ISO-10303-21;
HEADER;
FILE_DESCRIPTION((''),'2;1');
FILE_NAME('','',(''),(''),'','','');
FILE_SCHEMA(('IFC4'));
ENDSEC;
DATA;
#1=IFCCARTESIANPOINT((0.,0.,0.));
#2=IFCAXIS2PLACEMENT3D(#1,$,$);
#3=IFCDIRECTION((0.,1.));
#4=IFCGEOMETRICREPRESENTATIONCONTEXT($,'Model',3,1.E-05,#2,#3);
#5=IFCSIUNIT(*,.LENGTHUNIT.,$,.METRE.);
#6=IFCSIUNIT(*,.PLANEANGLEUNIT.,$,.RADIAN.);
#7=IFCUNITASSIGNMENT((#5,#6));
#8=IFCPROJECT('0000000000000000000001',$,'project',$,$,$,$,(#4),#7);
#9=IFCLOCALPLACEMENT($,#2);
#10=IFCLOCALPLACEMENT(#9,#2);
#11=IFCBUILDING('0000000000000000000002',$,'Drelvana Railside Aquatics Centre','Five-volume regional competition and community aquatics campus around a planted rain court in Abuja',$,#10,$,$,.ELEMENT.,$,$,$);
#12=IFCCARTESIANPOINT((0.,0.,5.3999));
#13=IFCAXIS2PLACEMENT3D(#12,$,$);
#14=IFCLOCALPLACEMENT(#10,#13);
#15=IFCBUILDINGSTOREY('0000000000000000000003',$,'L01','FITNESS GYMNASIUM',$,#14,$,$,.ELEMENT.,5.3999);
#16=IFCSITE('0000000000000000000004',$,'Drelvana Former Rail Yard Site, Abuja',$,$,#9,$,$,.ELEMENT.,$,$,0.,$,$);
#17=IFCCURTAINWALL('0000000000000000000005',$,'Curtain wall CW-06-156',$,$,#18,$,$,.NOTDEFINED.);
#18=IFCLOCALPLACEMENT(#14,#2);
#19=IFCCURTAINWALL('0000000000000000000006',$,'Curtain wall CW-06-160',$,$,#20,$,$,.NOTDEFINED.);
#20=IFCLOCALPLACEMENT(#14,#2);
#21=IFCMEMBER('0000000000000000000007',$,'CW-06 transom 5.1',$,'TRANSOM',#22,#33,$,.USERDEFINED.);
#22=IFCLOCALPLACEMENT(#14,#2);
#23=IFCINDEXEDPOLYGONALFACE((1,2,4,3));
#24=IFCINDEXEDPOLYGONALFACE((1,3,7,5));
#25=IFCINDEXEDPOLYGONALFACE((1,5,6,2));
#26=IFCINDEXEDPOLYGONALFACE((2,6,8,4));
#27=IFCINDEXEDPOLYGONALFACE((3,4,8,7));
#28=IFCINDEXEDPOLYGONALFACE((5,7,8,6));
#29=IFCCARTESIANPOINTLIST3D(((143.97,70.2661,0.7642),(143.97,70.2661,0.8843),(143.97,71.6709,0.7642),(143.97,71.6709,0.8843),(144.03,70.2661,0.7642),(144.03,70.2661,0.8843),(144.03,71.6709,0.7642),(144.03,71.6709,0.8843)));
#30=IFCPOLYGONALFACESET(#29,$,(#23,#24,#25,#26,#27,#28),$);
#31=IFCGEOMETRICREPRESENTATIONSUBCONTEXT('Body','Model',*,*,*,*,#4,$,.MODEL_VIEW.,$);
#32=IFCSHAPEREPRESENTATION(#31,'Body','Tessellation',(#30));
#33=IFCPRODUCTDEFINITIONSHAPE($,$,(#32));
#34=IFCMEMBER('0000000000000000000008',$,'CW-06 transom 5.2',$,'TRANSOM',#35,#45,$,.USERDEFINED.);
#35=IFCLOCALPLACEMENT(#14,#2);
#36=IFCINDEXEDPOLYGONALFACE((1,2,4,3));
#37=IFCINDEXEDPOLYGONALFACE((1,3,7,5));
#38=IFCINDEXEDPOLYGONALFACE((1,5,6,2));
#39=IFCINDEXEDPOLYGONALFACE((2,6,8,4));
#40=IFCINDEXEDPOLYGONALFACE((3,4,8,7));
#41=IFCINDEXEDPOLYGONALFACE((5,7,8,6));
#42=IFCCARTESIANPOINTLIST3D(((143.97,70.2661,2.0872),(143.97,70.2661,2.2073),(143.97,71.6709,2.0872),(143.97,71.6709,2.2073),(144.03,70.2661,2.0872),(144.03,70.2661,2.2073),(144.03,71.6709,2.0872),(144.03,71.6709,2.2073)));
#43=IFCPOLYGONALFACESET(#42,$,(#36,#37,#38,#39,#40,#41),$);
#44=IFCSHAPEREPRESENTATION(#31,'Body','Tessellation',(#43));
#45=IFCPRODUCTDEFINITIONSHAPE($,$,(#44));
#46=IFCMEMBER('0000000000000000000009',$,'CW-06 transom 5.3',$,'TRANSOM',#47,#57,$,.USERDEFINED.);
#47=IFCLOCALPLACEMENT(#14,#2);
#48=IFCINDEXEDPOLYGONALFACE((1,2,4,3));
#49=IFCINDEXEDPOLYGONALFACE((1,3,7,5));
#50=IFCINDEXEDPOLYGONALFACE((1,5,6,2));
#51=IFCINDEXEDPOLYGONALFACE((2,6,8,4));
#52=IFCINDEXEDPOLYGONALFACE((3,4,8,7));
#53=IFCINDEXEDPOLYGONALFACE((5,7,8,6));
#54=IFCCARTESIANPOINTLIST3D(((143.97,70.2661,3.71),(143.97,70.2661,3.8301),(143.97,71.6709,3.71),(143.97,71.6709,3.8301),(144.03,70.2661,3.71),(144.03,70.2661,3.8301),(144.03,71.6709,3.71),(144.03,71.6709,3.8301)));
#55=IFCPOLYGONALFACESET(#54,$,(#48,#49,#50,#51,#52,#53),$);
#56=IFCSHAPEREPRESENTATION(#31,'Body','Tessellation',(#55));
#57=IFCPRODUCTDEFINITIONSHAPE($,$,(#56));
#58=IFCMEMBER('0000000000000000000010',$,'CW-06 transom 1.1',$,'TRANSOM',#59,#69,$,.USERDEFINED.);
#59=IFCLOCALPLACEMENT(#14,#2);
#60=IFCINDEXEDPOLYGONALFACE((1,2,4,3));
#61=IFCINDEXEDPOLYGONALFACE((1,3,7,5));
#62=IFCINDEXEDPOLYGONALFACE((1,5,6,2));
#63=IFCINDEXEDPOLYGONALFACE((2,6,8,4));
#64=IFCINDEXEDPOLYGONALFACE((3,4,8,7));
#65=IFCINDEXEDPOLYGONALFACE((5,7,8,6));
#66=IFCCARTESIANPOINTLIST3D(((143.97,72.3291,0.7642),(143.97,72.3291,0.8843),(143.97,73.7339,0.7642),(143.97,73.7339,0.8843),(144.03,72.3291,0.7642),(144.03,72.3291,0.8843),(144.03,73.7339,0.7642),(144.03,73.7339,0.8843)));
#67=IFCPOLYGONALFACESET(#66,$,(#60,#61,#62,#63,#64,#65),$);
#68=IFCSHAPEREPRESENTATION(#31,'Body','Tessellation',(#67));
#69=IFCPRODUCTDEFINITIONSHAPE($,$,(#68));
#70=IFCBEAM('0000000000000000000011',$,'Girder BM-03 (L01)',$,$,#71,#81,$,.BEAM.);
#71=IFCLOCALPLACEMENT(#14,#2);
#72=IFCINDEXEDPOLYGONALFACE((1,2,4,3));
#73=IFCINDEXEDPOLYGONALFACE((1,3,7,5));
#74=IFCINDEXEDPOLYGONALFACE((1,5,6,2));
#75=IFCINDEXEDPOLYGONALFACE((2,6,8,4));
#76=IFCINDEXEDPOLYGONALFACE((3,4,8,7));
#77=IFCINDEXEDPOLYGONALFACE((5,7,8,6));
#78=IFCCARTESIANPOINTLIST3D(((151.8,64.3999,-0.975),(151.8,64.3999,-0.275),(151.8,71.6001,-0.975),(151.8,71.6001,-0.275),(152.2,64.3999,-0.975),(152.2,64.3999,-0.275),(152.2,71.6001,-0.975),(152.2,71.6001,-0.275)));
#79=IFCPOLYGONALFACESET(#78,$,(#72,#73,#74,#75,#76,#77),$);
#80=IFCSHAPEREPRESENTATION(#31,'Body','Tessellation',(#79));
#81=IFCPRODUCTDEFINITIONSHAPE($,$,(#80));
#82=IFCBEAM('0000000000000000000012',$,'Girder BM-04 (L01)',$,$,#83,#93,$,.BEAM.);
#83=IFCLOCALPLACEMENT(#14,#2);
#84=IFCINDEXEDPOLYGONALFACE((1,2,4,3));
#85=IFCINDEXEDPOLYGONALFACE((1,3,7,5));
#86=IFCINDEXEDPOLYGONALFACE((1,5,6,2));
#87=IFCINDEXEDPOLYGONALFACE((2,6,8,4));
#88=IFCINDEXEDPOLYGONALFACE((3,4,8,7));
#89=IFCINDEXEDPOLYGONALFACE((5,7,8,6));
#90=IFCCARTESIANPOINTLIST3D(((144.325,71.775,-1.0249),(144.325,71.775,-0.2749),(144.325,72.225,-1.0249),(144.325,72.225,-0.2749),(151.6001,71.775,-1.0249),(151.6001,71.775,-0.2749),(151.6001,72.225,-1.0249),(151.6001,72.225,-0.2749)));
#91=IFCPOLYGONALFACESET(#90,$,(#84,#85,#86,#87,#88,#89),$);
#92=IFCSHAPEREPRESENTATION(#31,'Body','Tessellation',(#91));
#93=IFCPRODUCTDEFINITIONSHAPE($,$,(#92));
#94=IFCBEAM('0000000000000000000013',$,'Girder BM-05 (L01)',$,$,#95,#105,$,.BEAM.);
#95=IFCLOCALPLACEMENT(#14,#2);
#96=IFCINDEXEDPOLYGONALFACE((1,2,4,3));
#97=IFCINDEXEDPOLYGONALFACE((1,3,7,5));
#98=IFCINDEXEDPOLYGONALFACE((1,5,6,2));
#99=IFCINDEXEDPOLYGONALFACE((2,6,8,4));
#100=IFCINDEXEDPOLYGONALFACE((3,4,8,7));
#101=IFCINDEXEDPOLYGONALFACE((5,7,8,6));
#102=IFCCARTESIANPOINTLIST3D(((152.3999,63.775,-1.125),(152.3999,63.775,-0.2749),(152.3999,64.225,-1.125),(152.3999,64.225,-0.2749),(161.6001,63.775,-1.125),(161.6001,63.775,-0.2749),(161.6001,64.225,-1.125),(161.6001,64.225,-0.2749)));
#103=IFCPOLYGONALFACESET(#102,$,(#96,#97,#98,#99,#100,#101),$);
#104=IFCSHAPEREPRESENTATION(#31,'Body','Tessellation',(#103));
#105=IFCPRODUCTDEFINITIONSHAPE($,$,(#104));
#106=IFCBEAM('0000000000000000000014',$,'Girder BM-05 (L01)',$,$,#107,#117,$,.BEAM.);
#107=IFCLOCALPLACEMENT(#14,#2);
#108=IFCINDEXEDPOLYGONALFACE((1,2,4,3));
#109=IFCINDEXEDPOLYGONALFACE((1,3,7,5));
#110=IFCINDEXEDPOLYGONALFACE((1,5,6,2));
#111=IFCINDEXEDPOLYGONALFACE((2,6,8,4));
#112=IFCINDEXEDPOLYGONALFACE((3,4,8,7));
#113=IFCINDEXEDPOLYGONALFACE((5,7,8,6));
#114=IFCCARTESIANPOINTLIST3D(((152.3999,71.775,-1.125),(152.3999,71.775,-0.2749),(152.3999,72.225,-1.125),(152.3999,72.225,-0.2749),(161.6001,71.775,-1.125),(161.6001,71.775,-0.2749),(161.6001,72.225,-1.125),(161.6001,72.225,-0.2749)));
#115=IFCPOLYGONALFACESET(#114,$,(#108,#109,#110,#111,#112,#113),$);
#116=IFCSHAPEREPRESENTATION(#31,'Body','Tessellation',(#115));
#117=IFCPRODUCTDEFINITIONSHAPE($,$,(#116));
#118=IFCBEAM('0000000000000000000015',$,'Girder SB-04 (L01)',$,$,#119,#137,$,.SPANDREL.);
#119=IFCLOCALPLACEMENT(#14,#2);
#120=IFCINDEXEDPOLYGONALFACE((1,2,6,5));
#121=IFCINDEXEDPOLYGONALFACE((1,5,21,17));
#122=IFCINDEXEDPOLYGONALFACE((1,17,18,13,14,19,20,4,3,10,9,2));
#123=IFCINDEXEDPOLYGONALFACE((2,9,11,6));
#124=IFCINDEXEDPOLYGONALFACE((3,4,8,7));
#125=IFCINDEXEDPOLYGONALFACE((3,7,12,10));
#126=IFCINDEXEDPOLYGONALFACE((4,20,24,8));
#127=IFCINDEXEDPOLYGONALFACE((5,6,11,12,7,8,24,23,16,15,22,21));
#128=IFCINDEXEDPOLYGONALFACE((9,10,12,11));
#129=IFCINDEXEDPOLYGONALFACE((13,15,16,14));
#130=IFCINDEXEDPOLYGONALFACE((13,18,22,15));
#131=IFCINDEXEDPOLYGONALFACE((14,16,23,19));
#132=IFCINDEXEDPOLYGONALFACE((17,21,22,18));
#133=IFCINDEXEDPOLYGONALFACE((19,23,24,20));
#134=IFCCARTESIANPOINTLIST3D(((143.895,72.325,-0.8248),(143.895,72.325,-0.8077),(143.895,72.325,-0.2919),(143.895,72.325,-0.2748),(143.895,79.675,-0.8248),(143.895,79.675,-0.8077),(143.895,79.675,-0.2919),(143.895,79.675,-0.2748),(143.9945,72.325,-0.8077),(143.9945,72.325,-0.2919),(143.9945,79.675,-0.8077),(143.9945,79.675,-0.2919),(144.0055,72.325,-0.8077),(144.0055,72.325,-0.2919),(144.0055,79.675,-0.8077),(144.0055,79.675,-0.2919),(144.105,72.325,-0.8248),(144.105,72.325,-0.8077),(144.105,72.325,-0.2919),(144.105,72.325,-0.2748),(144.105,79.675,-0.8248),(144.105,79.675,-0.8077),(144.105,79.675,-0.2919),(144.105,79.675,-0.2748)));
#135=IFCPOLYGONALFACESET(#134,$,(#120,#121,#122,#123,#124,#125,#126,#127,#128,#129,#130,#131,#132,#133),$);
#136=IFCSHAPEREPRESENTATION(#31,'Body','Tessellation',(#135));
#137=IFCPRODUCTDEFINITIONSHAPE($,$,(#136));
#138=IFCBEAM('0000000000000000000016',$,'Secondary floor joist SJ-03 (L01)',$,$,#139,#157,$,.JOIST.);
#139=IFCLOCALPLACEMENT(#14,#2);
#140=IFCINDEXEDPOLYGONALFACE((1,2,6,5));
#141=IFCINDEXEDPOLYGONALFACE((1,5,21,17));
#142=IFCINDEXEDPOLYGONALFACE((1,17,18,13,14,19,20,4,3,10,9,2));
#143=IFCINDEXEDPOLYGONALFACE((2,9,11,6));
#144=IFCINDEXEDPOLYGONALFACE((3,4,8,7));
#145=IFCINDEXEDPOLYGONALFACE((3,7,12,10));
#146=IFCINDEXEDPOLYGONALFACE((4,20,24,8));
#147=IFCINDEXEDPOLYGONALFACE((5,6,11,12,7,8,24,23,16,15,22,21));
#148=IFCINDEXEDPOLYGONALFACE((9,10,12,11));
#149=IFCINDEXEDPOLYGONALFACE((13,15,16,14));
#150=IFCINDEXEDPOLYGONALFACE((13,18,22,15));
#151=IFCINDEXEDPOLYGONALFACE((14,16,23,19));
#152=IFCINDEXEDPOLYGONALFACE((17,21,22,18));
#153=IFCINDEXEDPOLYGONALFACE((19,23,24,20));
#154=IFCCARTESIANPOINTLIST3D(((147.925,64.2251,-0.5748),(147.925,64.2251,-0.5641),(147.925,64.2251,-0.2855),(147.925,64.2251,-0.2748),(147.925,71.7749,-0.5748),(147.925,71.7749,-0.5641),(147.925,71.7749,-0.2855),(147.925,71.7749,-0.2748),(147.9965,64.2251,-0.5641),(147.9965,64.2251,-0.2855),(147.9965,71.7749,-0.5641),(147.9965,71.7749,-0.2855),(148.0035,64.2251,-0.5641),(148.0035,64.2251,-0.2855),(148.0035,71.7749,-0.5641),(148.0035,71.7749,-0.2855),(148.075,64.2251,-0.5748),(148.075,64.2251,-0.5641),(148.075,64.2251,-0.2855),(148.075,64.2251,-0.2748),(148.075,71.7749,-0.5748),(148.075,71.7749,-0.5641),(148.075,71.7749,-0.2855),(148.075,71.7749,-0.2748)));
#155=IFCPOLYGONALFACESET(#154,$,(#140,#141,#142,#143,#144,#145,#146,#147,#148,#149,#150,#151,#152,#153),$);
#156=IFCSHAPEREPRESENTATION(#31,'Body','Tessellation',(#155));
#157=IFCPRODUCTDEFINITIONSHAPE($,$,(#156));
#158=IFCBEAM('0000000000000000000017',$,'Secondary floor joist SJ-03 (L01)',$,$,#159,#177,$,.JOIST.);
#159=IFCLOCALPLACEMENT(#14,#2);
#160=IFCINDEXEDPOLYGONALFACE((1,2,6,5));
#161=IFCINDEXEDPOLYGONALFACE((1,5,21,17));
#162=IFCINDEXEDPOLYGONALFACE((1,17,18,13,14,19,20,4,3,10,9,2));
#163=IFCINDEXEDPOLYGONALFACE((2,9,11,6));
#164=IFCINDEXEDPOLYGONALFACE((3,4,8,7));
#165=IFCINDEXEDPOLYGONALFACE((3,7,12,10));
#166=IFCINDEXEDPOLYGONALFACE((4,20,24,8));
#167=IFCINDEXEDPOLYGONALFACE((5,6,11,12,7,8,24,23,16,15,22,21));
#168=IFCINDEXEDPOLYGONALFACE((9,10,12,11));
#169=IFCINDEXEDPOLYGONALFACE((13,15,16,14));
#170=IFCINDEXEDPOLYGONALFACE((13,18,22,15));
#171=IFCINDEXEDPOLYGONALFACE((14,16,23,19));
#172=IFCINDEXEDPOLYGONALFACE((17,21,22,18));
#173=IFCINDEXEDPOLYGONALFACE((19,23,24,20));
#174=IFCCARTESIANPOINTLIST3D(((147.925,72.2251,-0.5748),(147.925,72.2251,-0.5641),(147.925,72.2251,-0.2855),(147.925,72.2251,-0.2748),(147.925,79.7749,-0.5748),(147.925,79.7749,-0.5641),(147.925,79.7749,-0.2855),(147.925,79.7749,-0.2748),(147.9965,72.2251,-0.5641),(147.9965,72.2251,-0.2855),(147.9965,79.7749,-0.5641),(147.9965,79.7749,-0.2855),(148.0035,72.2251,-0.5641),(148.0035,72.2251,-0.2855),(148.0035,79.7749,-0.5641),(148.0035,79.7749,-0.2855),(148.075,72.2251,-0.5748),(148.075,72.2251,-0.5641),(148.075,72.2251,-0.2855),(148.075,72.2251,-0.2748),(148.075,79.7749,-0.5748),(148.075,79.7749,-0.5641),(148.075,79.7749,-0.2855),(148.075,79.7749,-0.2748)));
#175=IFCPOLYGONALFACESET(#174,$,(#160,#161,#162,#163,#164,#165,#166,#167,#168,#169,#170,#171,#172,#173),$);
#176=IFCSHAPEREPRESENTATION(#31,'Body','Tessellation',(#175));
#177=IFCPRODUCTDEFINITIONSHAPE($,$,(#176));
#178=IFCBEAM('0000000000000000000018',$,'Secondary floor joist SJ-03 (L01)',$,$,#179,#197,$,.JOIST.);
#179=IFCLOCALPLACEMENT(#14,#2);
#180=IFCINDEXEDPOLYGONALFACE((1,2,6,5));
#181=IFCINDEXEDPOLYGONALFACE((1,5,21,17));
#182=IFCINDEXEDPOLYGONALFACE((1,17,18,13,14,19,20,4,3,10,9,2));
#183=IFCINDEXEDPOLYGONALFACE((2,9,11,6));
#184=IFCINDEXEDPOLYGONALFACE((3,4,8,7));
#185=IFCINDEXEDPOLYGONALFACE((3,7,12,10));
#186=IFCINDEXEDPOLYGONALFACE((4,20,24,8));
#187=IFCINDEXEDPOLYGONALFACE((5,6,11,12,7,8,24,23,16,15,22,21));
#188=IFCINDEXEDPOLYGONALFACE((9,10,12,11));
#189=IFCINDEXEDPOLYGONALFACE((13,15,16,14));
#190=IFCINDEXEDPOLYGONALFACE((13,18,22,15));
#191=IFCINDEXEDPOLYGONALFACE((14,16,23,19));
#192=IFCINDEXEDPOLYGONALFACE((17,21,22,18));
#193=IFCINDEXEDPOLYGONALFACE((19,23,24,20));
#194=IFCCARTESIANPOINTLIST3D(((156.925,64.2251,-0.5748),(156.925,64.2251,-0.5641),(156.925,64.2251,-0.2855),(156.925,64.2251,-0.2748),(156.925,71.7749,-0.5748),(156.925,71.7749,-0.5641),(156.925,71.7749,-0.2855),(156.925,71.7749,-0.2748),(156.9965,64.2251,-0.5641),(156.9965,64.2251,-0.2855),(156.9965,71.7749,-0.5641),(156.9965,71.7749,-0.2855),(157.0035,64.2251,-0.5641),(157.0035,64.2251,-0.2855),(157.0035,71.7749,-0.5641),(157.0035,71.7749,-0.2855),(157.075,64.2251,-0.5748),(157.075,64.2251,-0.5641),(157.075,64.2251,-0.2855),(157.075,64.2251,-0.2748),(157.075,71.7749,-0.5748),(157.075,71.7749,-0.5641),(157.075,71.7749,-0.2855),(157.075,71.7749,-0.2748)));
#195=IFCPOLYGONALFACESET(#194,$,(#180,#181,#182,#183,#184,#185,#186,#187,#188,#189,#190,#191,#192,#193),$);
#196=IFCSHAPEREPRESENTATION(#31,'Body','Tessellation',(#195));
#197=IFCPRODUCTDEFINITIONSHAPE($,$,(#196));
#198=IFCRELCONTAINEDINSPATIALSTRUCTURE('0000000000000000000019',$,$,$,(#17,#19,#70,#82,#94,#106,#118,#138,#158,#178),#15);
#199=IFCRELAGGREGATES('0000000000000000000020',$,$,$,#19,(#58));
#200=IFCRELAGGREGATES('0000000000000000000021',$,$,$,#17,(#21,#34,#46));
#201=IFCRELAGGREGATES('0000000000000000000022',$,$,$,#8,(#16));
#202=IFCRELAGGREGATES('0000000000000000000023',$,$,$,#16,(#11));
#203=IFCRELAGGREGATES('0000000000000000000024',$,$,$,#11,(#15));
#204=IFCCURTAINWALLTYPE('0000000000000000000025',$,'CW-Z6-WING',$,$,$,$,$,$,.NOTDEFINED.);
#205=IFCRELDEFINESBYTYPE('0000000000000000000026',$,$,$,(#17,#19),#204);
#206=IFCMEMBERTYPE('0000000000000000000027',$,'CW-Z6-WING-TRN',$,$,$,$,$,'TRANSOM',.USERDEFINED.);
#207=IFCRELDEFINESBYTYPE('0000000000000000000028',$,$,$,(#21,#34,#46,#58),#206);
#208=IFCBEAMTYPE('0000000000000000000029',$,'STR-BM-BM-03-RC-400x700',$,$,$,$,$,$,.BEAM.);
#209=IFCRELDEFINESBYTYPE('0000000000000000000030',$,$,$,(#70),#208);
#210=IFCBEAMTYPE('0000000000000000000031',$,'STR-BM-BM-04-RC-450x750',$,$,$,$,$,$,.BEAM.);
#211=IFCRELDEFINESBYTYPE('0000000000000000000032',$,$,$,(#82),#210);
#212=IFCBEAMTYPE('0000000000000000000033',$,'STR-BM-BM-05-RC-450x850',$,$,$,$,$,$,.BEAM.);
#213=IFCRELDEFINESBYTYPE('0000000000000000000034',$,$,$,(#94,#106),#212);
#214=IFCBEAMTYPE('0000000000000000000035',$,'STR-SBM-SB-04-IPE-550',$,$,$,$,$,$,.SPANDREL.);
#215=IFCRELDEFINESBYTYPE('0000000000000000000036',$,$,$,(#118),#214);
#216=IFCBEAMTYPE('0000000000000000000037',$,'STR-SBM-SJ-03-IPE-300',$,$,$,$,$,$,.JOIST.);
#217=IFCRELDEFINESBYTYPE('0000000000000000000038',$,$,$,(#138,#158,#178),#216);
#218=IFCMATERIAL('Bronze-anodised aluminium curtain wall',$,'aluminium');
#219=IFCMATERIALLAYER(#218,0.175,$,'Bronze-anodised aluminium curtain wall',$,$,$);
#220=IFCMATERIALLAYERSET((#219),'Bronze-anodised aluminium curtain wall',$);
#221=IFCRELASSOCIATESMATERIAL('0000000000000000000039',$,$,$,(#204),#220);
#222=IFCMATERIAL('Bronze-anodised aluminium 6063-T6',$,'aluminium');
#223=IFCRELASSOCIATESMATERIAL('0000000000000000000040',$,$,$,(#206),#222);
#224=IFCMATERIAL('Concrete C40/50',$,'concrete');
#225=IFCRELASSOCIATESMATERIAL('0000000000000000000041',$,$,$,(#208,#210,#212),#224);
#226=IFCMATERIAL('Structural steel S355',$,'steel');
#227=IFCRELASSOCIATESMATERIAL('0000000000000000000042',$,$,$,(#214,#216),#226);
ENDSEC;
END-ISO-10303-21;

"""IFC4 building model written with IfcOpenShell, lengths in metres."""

from ifc_helpers import new_model, si_unit, direction, frame, origin, origin_2d, place, context, subcontext, project, spatial, rectangle, i_section, extrude, material, layer, layer_set, material_profile, profile_set, type_object, element, aggregate, save


model = new_model("IFC4")

# Units and contexts
model_context = context("Model", 3, precision=1e-05, world=origin(), true_north=direction((0.0, 1.0)))
body_context = subcontext(model_context, "Body", "Model", "MODEL_VIEW")
ifc_project = project(units=[si_unit("LENGTHUNIT", "METRE"), si_unit("PLANEANGLEUNIT", "RADIAN")], contexts=[model_context])

# Site, building, storey
site_placement = place(None, origin())
site = spatial("IfcSite", under=ifc_project, at=site_placement, Name="Drelvana Former Rail Yard Site, Abuja", CompositionType="ELEMENT", RefElevation=0.0)
building_placement = place(site_placement, origin())
building = spatial("IfcBuilding", under=site, at=building_placement, Name="Drelvana Railside Aquatics Centre", Description="Five-volume regional competition and community aquatics campus around a planted rain court in Abuja", CompositionType="ELEMENT")
storey_placement = place(building_placement, frame((0.0, 0.0, 5.3999)))
storey = spatial("IfcBuildingStorey", under=building, at=storey_placement, Name="L01", Description="FITNESS GYMNASIUM", CompositionType="ELEMENT", Elevation=5.3999)

# Shared definitions
ifc_material_1 = material(Name="Concrete C40/50", Category="concrete")

# Curtain wall
ifc_material_2 = material(Name="Bronze-anodised aluminium curtain wall", Category="aluminium")
ifc_layer_1 = layer(ifc_material_2, 0.175, Name="Bronze-anodised aluminium curtain wall")
ifc_layer_set_1 = layer_set([ifc_layer_1], Name="Bronze-anodised aluminium curtain wall")
curtain_wall_type = type_object("IfcCurtainWallType", Name="CW-Z6-WING", PredefinedType="NOTDEFINED", material=ifc_layer_set_1)
curtain_wall_1_placement = place(storey_placement, origin())
curtain_wall_1 = element("IfcCurtainWall", 1, at=curtain_wall_1_placement, inside=storey, type_object=curtain_wall_type, Name="Curtain wall CW-06-156", PredefinedType="NOTDEFINED")
ifc_material_3 = material(Name="Bronze-anodised aluminium 6063-T6", Category="aluminium")

# Curtain wall
curtain_wall_2_placement = place(storey_placement, origin())
curtain_wall_2 = element("IfcCurtainWall", 2, at=curtain_wall_2_placement, inside=storey, type_object=curtain_wall_type, Name="Curtain wall CW-06-160", PredefinedType="NOTDEFINED")

# Members
ifc_material_profile_1 = material_profile(ifc_material_3, rectangle(XDim=0.1201, YDim=0.0601, at=origin_2d()), Name="ALU-T 60x120")
ifc_profile_set_1 = profile_set([ifc_material_profile_1], Name="Bronze-anodised aluminium 6063-T6")
member_type_1 = type_object("IfcMemberType", Name="CW-Z6-WING-TRN", ElementType="TRANSOM", PredefinedType="USERDEFINED", material=ifc_profile_set_1)
member_1_placement = place(storey_placement, frame((144.0, 70.2661, 0.8242), z_axis=(0.0, 1.0, 0.0), x_axis=(0.0, 0.0, 1.0)))
member_1 = element("IfcMember", 3, at=member_1_placement, type_object=member_type_1, Name="CW-06 transom 5.1", ObjectType="TRANSOM", PredefinedType="USERDEFINED", context=body_context, shape_type="SweptSolid", body=[
    extrude(rectangle(XDim=0.1201, YDim=0.0601, at=origin_2d()), origin(), (0.0, 0.0, 1.0), 1.4048),
])
member_2_placement = place(storey_placement, frame((144.0, 70.2661, 2.1472), z_axis=(0.0, 1.0, 0.0), x_axis=(0.0, 0.0, 1.0)))
member_2 = element("IfcMember", 4, at=member_2_placement, type_object=member_type_1, Name="CW-06 transom 5.2", ObjectType="TRANSOM", PredefinedType="USERDEFINED", context=body_context, shape_type="SweptSolid", body=[
    extrude(rectangle(XDim=0.1201, YDim=0.0601, at=origin_2d()), origin(), (0.0, 0.0, 1.0), 1.4048),
])
member_3_placement = place(storey_placement, frame((144.0, 70.2661, 3.77), z_axis=(0.0, 1.0, 0.0), x_axis=(0.0, 0.0, 1.0)))
member_3 = element("IfcMember", 5, at=member_3_placement, type_object=member_type_1, Name="CW-06 transom 5.3", ObjectType="TRANSOM", PredefinedType="USERDEFINED", context=body_context, shape_type="SweptSolid", body=[
    extrude(rectangle(XDim=0.1201, YDim=0.0601, at=origin_2d()), origin(), (0.0, 0.0, 1.0), 1.4048),
])
member_4_placement = place(storey_placement, frame((144.0, 72.3291, 0.8242), z_axis=(0.0, 1.0, 0.0), x_axis=(0.0, 0.0, 1.0)))
member_4 = element("IfcMember", 6, at=member_4_placement, type_object=member_type_1, Name="CW-06 transom 1.1", ObjectType="TRANSOM", PredefinedType="USERDEFINED", context=body_context, shape_type="SweptSolid", body=[
    extrude(rectangle(XDim=0.1201, YDim=0.0601, at=origin_2d()), origin(), (0.0, 0.0, 1.0), 1.4048),
])
aggregate(curtain_wall_2, [member_4])

# Beams
ifc_material_profile_2 = material_profile(ifc_material_1, rectangle(XDim=0.3999, YDim=0.7, at=origin_2d()), Name="RC 400x700")
ifc_profile_set_2 = profile_set([ifc_material_profile_2], Name="Concrete C40/50")
beam_type_1 = type_object("IfcBeamType", Name="STR-BM-BM-03-RC-400x700", PredefinedType="BEAM", material=ifc_profile_set_2)
beam_1_placement = place(storey_placement, frame((152.0, 64.3999, -0.625), z_axis=(0.0, 1.0, 0.0), x_axis=(-1.0, 0.0, 0.0)))
element("IfcBeam", 7, at=beam_1_placement, inside=storey, type_object=beam_type_1, Name="Girder BM-03 (L01)", PredefinedType="BEAM", context=body_context, shape_type="SweptSolid", body=[
    extrude(rectangle(XDim=0.3999, YDim=0.7, at=origin_2d()), origin(), (0.0, 0.0, 1.0), 7.2002),
])
ifc_material_profile_3 = material_profile(ifc_material_1, rectangle(XDim=0.45, YDim=0.75, at=origin_2d()), Name="RC 450x750")
ifc_profile_set_3 = profile_set([ifc_material_profile_3], Name="Concrete C40/50")
beam_type_2 = type_object("IfcBeamType", Name="STR-BM-BM-04-RC-450x750", PredefinedType="BEAM", material=ifc_profile_set_3)
beam_2_placement = place(storey_placement, frame((144.325, 72.0, -0.6499), z_axis=(1.0, 0.0, 0.0), x_axis=(0.0, 1.0, 0.0)))
element("IfcBeam", 8, at=beam_2_placement, inside=storey, type_object=beam_type_2, Name="Girder BM-04 (L01)", PredefinedType="BEAM", context=body_context, shape_type="SweptSolid", body=[
    extrude(rectangle(XDim=0.45, YDim=0.75, at=origin_2d()), origin(), (0.0, 0.0, 1.0), 7.2751),
])
ifc_material_profile_4 = material_profile(ifc_material_1, rectangle(XDim=0.45, YDim=0.8501, at=origin_2d()), Name="RC 450x850")
ifc_profile_set_4 = profile_set([ifc_material_profile_4], Name="Concrete C40/50")
beam_type_3 = type_object("IfcBeamType", Name="STR-BM-BM-05-RC-450x850", PredefinedType="BEAM", material=ifc_profile_set_4)
for number, where, z_axis, x_axis, name in (
    (9, (152.3999, 64.0, -0.7), (1.0, 0.0, 0.0), (0.0, 1.0, 0.0), "Girder BM-05 (L01)"),
    (10, (152.3999, 72.0, -0.7), (1.0, 0.0, 0.0), (0.0, 1.0, 0.0), "Girder BM-05 (L01)"),
):
    element("IfcBeam", number, at=place(storey_placement, frame(where, z_axis=z_axis, x_axis=x_axis)), inside=storey, type_object=beam_type_3, Name=name, PredefinedType="BEAM", context=body_context, shape_type="SweptSolid", body=[
        extrude(rectangle(XDim=0.45, YDim=0.8501, at=origin_2d()), origin(), (0.0, 0.0, 1.0), 9.2002),
    ])
ifc_material_4 = material(Name="Structural steel S355", Category="steel")
ifc_material_profile_5 = material_profile(ifc_material_4, i_section(OverallWidth=0.21, OverallDepth=0.55, WebThickness=0.011, FlangeThickness=0.0171, at=origin_2d()), Name="IPE 550")
ifc_profile_set_5 = profile_set([ifc_material_profile_5], Name="Structural steel S355")
beam_type_4 = type_object("IfcBeamType", Name="STR-SBM-SB-04-IPE-550", PredefinedType="SPANDREL", material=ifc_profile_set_5)
beam_3_placement = place(storey_placement, frame((144.0, 72.325, -0.5498), z_axis=(0.0, 1.0, 0.0), x_axis=(-1.0, 0.0, 0.0)))
element("IfcBeam", 11, at=beam_3_placement, inside=storey, type_object=beam_type_4, Name="Girder SB-04 (L01)", PredefinedType="SPANDREL", context=body_context, shape_type="SweptSolid", body=[
    extrude(i_section(OverallWidth=0.21, OverallDepth=0.55, WebThickness=0.011, FlangeThickness=0.0171, at=origin_2d()), origin(), (0.0, 0.0, 1.0), 7.3501),
])
ifc_material_profile_6 = material_profile(ifc_material_4, i_section(OverallWidth=0.1499, OverallDepth=0.3, WebThickness=0.0071, FlangeThickness=0.0107, at=origin_2d()), Name="IPE 300")
ifc_profile_set_6 = profile_set([ifc_material_profile_6], Name="Structural steel S355")
beam_type_5 = type_object("IfcBeamType", Name="STR-SBM-SJ-03-IPE-300", PredefinedType="JOIST", material=ifc_profile_set_6)
for number, where, z_axis, x_axis, name in (
    (12, (148.0, 64.2251, -0.4248), (0.0, 1.0, 0.0), (-1.0, 0.0, 0.0), "Secondary floor joist SJ-03 (L01)"),
    (13, (148.0, 72.2251, -0.4248), (0.0, 1.0, 0.0), (-1.0, 0.0, 0.0), "Secondary floor joist SJ-03 (L01)"),
    (14, (157.0, 64.2251, -0.4248), (0.0, 1.0, 0.0), (-1.0, 0.0, 0.0), "Secondary floor joist SJ-03 (L01)"),
):
    element("IfcBeam", number, at=place(storey_placement, frame(where, z_axis=z_axis, x_axis=x_axis)), inside=storey, type_object=beam_type_5, Name=name, PredefinedType="JOIST", context=body_context, shape_type="SweptSolid", body=[
        extrude(i_section(OverallWidth=0.1499, OverallDepth=0.3, WebThickness=0.0071, FlangeThickness=0.0107, at=origin_2d()), origin(), (0.0, 0.0, 1.0), 7.5498),
    ])

aggregate(curtain_wall_1, [member_1, member_2, member_3])

save(model, "model.ifc")
